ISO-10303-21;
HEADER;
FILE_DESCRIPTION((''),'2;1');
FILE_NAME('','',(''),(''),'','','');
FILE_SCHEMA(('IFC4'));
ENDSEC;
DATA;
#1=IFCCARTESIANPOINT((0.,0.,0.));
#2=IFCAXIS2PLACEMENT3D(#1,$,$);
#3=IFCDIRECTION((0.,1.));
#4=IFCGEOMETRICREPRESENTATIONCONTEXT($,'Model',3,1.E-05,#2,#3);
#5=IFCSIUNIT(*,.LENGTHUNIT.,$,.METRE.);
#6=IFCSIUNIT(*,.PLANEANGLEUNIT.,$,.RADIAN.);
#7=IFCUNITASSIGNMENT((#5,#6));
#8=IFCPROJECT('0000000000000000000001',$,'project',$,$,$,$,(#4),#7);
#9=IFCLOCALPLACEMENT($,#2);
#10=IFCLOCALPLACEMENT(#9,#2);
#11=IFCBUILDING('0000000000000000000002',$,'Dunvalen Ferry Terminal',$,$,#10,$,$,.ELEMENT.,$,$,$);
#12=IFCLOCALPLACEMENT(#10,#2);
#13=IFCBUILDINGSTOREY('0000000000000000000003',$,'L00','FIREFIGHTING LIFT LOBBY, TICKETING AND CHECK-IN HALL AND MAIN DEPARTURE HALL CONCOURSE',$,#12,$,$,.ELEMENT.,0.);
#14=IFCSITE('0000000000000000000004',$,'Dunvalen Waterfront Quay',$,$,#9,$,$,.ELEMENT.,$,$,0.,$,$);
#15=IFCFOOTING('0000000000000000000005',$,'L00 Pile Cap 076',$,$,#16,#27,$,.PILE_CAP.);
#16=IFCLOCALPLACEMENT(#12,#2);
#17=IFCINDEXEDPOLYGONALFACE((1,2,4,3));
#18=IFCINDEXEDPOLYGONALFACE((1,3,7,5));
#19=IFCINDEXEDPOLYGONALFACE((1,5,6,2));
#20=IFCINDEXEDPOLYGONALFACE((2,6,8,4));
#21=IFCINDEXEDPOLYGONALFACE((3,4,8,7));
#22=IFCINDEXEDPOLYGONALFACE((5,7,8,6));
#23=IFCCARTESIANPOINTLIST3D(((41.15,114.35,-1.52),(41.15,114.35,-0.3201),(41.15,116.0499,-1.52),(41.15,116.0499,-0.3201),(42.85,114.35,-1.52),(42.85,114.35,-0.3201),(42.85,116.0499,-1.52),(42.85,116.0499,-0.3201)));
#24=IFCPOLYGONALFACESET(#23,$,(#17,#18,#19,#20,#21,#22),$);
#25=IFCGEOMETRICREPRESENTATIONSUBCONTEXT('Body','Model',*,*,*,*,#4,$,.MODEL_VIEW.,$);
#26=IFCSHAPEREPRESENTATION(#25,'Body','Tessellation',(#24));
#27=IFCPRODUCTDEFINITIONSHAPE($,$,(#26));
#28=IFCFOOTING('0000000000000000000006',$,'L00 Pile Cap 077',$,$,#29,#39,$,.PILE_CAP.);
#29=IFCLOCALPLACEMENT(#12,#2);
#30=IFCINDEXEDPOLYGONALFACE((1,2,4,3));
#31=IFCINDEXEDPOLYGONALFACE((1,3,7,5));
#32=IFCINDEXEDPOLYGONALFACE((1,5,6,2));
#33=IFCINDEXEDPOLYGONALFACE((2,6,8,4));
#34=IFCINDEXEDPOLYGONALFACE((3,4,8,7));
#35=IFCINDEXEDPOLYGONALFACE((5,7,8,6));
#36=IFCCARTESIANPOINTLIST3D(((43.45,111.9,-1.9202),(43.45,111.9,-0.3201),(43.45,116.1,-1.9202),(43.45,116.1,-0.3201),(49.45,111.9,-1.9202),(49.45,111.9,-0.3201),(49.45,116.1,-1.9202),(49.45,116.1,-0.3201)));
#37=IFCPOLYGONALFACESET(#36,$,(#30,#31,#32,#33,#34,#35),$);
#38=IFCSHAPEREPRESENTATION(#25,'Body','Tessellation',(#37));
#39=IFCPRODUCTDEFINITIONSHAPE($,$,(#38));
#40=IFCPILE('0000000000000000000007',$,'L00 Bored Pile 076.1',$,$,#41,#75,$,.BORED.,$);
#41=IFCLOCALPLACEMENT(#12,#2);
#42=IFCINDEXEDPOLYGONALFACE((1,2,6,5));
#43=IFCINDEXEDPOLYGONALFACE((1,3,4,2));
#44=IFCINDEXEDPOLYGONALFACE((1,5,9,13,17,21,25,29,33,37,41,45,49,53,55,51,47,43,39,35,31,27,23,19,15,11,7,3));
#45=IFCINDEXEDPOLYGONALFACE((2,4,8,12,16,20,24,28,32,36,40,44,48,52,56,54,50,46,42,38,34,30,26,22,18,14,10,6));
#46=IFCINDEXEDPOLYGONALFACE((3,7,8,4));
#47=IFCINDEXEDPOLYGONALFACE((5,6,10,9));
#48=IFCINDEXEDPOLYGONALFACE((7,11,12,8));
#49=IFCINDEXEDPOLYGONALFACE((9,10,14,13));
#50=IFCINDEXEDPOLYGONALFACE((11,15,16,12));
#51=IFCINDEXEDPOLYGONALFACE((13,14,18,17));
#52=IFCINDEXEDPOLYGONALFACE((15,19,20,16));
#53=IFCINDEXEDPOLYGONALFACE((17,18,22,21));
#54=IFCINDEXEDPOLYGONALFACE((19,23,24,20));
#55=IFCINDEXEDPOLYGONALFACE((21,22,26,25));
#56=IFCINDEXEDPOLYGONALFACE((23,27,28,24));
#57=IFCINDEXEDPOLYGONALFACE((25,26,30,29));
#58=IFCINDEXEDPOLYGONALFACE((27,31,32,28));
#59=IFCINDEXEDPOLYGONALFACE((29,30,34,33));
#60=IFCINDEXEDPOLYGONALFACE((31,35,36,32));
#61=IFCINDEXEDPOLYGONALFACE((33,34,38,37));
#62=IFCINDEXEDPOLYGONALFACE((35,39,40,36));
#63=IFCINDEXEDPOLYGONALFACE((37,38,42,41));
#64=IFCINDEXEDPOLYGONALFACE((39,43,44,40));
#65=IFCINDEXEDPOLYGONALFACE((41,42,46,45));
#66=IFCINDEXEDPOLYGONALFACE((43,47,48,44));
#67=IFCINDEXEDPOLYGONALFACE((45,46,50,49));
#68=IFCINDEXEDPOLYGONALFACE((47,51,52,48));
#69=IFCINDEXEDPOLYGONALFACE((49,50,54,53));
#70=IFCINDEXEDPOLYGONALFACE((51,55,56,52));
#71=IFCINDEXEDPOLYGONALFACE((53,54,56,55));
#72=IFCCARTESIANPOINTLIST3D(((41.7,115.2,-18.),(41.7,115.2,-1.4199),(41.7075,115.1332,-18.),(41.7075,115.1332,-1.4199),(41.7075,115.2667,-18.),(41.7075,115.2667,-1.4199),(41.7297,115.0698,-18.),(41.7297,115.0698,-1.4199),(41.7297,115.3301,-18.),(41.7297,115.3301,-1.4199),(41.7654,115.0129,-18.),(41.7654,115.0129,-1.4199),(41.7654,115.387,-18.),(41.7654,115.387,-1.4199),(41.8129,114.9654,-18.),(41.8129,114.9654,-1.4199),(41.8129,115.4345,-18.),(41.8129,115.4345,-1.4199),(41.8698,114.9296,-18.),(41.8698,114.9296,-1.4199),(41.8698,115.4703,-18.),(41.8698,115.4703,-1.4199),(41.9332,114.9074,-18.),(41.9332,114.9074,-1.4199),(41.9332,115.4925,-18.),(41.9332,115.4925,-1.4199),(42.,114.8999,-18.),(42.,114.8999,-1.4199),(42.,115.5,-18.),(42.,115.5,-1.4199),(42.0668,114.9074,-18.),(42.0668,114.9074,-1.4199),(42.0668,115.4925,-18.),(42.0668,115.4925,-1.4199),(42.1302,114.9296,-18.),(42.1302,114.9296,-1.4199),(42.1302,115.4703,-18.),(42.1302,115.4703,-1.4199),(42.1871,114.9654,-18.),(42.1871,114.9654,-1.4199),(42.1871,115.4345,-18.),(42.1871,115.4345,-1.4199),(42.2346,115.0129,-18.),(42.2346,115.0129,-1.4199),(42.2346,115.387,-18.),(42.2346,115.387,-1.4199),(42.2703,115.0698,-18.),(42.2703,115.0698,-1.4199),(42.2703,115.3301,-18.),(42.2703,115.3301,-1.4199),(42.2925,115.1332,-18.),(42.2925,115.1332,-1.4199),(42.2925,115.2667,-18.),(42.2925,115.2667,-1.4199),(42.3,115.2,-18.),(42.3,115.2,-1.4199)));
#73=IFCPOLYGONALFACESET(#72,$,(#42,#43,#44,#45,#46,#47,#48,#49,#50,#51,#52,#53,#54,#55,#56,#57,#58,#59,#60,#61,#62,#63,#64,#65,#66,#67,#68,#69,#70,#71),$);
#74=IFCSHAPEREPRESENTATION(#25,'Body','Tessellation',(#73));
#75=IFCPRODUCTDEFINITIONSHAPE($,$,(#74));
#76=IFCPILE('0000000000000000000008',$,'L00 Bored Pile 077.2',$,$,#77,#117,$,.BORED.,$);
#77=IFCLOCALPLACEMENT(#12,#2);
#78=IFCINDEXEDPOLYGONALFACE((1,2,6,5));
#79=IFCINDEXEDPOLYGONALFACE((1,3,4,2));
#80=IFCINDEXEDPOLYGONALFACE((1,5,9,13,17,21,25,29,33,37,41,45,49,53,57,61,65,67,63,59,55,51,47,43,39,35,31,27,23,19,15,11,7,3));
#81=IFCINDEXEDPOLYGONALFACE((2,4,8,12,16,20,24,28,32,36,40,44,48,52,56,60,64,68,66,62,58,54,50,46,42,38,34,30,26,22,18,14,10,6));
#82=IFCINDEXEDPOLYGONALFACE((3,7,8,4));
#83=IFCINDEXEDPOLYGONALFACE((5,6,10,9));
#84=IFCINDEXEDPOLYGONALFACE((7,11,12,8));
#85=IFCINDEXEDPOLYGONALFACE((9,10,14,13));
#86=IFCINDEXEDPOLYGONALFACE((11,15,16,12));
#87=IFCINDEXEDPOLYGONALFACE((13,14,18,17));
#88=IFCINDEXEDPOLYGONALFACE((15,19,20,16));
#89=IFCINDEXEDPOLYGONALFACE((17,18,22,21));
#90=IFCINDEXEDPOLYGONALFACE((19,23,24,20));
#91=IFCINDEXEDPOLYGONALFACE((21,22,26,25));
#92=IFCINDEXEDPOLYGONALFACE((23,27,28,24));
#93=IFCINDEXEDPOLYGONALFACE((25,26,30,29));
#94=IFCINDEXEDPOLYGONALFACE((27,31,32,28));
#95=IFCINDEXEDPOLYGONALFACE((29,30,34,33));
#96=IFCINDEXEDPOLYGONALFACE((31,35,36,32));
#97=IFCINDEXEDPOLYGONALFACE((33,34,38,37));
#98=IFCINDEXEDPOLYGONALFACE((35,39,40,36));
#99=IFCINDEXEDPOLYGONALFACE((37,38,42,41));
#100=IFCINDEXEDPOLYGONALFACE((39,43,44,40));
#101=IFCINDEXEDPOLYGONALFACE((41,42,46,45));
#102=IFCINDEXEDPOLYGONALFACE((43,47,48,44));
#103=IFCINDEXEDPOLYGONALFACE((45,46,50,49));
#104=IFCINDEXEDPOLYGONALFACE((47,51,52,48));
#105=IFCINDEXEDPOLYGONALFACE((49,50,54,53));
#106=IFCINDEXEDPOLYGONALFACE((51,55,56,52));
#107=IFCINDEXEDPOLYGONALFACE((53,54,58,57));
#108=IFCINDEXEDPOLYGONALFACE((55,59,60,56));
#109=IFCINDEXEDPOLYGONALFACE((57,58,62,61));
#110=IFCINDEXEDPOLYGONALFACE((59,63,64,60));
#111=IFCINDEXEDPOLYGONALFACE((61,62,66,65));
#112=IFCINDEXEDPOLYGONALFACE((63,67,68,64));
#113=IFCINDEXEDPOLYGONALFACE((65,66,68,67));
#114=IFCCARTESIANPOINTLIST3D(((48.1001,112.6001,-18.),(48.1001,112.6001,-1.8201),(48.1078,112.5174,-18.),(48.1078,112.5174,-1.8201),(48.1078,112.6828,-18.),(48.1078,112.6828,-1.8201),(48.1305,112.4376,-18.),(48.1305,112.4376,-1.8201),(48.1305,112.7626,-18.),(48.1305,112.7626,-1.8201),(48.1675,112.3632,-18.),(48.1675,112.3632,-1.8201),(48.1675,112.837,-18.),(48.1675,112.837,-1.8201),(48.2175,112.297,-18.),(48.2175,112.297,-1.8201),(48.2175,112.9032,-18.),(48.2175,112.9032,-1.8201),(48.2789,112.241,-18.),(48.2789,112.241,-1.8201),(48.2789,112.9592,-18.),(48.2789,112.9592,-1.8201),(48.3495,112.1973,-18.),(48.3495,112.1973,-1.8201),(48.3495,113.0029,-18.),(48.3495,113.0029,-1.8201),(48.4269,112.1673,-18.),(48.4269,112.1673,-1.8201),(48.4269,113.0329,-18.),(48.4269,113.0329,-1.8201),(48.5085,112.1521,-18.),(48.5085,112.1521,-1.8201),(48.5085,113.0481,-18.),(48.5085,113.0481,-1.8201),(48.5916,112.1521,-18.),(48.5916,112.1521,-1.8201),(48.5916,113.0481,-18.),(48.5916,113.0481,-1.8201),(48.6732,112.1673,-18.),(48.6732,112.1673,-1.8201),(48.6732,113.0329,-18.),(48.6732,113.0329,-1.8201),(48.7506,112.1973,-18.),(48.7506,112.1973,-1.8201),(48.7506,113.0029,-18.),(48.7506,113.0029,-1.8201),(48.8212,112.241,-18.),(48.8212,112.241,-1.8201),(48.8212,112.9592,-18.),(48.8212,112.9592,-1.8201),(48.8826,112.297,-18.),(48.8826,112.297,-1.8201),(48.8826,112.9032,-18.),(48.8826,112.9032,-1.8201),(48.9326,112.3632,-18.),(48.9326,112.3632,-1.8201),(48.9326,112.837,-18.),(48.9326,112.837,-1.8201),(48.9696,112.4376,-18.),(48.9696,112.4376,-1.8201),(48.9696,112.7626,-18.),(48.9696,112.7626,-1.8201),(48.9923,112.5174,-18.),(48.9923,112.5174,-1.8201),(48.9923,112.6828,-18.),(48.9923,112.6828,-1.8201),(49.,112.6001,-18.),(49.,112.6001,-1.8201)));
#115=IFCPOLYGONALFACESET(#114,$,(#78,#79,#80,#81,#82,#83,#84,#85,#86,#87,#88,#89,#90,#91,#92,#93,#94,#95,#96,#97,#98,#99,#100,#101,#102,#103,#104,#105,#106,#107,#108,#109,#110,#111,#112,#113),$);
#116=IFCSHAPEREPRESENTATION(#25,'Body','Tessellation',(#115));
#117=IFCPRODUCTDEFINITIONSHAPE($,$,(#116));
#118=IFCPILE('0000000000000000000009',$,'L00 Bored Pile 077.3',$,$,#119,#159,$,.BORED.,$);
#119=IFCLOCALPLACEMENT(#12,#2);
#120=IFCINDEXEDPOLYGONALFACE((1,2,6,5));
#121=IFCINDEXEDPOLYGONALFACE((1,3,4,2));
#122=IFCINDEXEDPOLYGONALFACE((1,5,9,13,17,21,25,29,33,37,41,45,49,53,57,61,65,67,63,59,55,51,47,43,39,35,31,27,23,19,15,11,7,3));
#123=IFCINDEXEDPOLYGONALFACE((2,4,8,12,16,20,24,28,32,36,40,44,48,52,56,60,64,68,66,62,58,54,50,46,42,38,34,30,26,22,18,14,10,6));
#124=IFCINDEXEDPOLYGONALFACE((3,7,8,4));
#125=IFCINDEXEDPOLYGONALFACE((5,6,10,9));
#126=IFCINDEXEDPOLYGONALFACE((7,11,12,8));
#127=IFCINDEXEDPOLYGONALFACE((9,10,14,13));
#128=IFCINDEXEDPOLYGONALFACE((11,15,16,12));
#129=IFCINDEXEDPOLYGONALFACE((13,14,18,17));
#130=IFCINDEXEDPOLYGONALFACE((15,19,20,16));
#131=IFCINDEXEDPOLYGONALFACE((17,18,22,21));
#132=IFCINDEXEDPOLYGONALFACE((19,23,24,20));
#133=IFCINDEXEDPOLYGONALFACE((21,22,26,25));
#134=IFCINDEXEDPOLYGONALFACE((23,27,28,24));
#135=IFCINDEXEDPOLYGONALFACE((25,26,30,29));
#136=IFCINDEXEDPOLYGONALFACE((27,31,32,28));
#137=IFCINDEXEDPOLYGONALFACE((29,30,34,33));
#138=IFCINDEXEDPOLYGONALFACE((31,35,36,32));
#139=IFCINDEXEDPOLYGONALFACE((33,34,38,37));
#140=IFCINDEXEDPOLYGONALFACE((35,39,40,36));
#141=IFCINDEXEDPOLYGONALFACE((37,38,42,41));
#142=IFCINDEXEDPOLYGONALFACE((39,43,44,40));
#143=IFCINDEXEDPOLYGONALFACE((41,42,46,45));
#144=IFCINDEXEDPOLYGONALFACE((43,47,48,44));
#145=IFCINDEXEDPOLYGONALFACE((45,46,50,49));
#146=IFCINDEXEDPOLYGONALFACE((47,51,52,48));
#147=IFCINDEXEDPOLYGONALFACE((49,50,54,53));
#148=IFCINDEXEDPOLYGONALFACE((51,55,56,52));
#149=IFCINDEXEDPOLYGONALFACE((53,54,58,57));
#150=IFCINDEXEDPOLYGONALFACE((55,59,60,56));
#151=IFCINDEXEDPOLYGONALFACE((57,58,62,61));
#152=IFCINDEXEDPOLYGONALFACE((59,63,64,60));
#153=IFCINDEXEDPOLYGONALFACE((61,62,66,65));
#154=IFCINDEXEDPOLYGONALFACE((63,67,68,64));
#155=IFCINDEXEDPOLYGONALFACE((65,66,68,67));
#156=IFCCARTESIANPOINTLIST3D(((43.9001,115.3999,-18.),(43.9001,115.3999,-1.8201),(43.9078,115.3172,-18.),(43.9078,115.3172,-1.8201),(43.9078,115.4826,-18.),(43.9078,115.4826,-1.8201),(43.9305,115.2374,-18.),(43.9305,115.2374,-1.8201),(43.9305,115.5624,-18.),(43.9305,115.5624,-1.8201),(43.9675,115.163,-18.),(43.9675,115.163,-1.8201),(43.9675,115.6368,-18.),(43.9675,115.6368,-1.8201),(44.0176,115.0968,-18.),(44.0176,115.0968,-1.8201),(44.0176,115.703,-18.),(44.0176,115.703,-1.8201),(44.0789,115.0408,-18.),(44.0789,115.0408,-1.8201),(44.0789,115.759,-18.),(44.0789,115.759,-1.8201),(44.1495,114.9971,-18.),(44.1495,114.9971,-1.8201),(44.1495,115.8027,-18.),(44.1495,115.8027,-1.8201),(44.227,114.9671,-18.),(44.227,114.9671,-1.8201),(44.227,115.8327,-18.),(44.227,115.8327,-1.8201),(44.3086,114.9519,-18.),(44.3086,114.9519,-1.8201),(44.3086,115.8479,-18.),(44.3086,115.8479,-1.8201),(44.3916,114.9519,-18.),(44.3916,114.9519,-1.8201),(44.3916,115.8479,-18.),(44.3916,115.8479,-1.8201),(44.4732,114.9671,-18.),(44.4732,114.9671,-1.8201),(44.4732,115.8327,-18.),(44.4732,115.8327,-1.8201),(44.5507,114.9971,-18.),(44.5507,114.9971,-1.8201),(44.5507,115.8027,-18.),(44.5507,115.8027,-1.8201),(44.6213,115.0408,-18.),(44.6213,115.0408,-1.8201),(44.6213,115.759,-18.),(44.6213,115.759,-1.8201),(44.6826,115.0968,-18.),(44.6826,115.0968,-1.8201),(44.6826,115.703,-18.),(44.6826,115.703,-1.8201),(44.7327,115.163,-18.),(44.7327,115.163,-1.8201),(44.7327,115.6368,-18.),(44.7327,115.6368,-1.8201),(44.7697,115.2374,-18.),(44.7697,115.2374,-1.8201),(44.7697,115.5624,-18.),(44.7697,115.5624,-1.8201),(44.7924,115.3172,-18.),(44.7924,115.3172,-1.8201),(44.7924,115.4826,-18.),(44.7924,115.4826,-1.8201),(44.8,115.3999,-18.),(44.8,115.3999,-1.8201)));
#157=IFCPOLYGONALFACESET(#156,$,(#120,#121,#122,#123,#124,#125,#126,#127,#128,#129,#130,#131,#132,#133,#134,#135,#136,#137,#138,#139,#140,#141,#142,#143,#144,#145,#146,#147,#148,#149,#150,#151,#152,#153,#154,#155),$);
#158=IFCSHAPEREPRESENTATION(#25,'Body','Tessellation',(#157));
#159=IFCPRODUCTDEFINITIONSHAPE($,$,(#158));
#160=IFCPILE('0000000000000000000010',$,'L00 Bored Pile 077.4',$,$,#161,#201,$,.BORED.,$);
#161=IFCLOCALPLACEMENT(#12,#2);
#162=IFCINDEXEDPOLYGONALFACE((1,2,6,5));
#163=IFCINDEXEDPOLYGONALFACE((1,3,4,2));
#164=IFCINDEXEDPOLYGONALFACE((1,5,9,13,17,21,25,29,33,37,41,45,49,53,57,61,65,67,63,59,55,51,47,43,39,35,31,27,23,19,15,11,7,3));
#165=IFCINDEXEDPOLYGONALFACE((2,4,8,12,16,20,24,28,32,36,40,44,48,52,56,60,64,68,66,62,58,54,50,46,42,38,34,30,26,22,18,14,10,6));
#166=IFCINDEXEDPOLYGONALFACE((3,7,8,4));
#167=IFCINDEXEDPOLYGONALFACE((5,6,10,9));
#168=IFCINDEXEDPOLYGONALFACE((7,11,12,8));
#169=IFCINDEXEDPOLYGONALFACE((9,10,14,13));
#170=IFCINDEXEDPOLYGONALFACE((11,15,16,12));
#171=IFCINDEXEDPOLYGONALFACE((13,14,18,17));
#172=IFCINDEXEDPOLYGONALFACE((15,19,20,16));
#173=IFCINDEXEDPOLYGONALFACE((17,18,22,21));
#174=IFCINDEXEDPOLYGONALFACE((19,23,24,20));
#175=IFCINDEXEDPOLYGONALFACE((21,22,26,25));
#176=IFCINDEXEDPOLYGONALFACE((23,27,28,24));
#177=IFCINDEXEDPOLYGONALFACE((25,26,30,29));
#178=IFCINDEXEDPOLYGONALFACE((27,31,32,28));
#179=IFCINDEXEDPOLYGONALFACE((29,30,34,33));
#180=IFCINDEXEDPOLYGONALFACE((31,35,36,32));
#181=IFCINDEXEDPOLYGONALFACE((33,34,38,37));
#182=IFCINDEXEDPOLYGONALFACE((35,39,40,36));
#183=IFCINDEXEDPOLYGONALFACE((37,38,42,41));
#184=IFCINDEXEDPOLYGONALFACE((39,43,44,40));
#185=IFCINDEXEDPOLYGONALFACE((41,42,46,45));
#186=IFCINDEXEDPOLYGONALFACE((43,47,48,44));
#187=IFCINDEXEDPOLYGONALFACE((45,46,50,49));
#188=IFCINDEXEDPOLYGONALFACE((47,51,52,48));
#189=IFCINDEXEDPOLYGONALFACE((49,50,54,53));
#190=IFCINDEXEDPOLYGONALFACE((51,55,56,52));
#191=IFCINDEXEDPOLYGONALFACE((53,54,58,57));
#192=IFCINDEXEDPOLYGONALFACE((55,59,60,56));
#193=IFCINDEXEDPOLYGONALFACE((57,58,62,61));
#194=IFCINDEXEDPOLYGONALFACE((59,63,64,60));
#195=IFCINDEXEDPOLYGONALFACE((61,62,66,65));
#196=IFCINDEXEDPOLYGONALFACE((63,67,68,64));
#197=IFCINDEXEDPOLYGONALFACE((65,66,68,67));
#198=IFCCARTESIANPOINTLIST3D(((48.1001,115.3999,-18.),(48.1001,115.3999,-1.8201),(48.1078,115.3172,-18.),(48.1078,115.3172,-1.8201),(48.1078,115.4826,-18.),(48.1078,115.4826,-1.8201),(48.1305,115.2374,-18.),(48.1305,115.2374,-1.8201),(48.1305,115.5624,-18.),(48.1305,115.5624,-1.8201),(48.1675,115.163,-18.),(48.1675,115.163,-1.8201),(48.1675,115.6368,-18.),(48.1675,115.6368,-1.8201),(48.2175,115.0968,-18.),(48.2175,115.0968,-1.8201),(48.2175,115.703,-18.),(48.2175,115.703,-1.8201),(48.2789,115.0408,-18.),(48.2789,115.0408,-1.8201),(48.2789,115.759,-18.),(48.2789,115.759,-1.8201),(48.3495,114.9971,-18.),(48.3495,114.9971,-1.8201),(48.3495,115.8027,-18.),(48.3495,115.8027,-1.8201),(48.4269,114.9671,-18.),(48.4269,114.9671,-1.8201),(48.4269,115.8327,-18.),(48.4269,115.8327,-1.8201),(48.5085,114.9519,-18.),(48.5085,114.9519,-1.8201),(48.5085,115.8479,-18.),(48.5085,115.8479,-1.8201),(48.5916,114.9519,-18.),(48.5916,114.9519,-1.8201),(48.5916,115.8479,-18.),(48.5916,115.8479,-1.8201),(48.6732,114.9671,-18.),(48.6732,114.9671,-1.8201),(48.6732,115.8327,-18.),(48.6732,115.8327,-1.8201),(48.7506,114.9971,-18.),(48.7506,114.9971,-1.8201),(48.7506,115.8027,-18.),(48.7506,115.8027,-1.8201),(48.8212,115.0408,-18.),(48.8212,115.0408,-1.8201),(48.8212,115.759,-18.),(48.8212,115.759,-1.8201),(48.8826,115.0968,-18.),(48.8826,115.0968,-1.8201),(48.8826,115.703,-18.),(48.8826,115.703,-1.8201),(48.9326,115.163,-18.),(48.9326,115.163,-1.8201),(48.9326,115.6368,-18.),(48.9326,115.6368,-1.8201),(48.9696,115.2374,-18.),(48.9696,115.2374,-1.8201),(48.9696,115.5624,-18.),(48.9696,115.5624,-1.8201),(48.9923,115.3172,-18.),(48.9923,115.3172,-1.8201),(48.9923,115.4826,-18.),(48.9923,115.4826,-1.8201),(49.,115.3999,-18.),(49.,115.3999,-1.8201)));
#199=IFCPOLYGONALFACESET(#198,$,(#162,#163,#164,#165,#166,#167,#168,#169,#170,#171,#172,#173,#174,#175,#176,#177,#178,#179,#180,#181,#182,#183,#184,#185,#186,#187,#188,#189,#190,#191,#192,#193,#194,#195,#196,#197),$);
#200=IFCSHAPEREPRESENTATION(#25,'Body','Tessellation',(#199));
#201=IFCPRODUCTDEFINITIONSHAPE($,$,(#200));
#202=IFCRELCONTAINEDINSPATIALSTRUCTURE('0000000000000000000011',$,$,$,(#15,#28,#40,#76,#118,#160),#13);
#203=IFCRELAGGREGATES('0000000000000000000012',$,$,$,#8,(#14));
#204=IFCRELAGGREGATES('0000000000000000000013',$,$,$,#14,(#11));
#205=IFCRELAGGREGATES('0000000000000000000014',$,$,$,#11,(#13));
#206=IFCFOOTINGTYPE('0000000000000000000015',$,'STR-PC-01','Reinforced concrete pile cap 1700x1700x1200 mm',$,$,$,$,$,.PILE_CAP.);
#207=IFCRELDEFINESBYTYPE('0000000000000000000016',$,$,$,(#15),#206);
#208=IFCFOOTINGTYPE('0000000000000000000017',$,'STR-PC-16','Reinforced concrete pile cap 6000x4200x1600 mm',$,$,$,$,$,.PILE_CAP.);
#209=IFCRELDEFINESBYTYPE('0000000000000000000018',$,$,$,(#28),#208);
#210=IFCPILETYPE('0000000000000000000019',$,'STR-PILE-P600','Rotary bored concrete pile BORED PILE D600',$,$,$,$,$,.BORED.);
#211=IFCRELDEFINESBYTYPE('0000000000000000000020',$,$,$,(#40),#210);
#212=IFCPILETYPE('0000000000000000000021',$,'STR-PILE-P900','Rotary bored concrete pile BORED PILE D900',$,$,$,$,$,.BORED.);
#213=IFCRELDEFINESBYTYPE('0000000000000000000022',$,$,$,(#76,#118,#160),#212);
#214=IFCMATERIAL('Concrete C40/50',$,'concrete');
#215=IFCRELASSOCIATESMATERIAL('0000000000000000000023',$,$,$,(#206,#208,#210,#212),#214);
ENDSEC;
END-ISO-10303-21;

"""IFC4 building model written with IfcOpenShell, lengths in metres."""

from ifc_helpers import new_model, si_unit, direction, frame, origin, origin_2d, place, context, subcontext, project, spatial, rectangle, circle, extrude, material, material_profile, profile_set, type_object, element, save


model = new_model("IFC4")

# Units and contexts
model_context = context("Model", 3, precision=1e-05, world=origin(), true_north=direction((0.0, 1.0)))
body_context = subcontext(model_context, "Body", "Model", "MODEL_VIEW")
ifc_project = project(units=[si_unit("LENGTHUNIT", "METRE"), si_unit("PLANEANGLEUNIT", "RADIAN")], contexts=[model_context])

# Site, building, storey
site_placement = place(None, origin())
site = spatial("IfcSite", under=ifc_project, at=site_placement, Name="Dunvalen Waterfront Quay", CompositionType="ELEMENT", RefElevation=0.0)
building_placement = place(site_placement, origin())
building = spatial("IfcBuilding", under=site, at=building_placement, Name="Dunvalen Ferry Terminal", CompositionType="ELEMENT")
storey_placement = place(building_placement, origin())
storey = spatial("IfcBuildingStorey", under=building, at=storey_placement, Name="L00", Description="FIREFIGHTING LIFT LOBBY, TICKETING AND CHECK-IN HALL AND MAIN DEPARTURE HALL CONCOURSE", CompositionType="ELEMENT", Elevation=0.0)

# Footings
ifc_material_1 = material(Name="Concrete C40/50", Category="concrete")
footing_type_1 = type_object("IfcFootingType", Name="STR-PC-01", Description="Reinforced concrete pile cap 1700x1700x1200 mm", PredefinedType="PILE_CAP", material=ifc_material_1)
footing_1_placement = place(storey_placement, frame((42.0, 115.2, -1.52), z_axis=(0.0, 0.0, 1.0), x_axis=(1.0, 0.0, 0.0)))
element("IfcFooting", 1, at=footing_1_placement, inside=storey, type_object=footing_type_1, Name="L00 Pile Cap 076", PredefinedType="PILE_CAP", context=body_context, shape_type="SweptSolid", body=[
    extrude(rectangle(XDim=1.7, YDim=1.7, at=origin_2d()), origin(), (0.0, 0.0, 1.0), 1.2),
])
footing_type_2 = type_object("IfcFootingType", Name="STR-PC-16", Description="Reinforced concrete pile cap 6000x4200x1600 mm", PredefinedType="PILE_CAP", material=ifc_material_1)
footing_2_placement = place(storey_placement, frame((46.45, 114.0, -1.9202), z_axis=(0.0, 0.0, 1.0), x_axis=(1.0, 0.0, 0.0)))
element("IfcFooting", 2, at=footing_2_placement, inside=storey, type_object=footing_type_2, Name="L00 Pile Cap 077", PredefinedType="PILE_CAP", context=body_context, shape_type="SweptSolid", body=[
    extrude(rectangle(XDim=6.0, YDim=4.2, at=origin_2d()), origin(), (0.0, 0.0, 1.0), 1.6001),
])

# Piles
ifc_material_profile_1 = material_profile(ifc_material_1, circle(Radius=0.3, at=origin_2d()), Name="Concrete C40/50")
ifc_profile_set_1 = profile_set([ifc_material_profile_1], Name="Concrete C40/50")
pile_type_1 = type_object("IfcPileType", Name="STR-PILE-P600", Description="Rotary bored concrete pile BORED PILE D600", PredefinedType="BORED", material=ifc_profile_set_1)
pile_placement = place(storey_placement, frame((42.0, 115.2, -1.4199), z_axis=(0.0, 0.0, -1.0), x_axis=(1.0, 0.0, 0.0)))
element("IfcPile", 3, at=pile_placement, inside=storey, type_object=pile_type_1, Name="L00 Bored Pile 076.1", PredefinedType="BORED", context=body_context, shape_type="SweptSolid", body=[
    extrude(circle(Radius=0.3, at=origin_2d()), origin(), (0.0, 0.0, 1.0), 16.5801),
])
ifc_material_profile_2 = material_profile(ifc_material_1, circle(Radius=0.45, at=origin_2d()), Name="Concrete C40/50")
ifc_profile_set_2 = profile_set([ifc_material_profile_2], Name="Concrete C40/50")
pile_type_2 = type_object("IfcPileType", Name="STR-PILE-P900", Description="Rotary bored concrete pile BORED PILE D900", PredefinedType="BORED", material=ifc_profile_set_2)
for number, where, z_axis, x_axis, name in (
    (4, (48.55, 112.6001, -1.8201), (0.0, 0.0, -1.0), (1.0, 0.0, 0.0), "L00 Bored Pile 077.2"),
    (5, (44.3501, 115.3999, -1.8201), (0.0, 0.0, -1.0), (1.0, 0.0, 0.0), "L00 Bored Pile 077.3"),
    (6, (48.55, 115.3999, -1.8201), (0.0, 0.0, -1.0), (1.0, 0.0, 0.0), "L00 Bored Pile 077.4"),
):
    element("IfcPile", number, at=place(storey_placement, frame(where, z_axis=z_axis, x_axis=x_axis)), inside=storey, type_object=pile_type_2, Name=name, PredefinedType="BORED", context=body_context, shape_type="SweptSolid", body=[
        extrude(circle(Radius=0.45, at=origin_2d()), origin(), (0.0, 0.0, 1.0), 16.1799),
    ])

save(model, "model.ifc")
